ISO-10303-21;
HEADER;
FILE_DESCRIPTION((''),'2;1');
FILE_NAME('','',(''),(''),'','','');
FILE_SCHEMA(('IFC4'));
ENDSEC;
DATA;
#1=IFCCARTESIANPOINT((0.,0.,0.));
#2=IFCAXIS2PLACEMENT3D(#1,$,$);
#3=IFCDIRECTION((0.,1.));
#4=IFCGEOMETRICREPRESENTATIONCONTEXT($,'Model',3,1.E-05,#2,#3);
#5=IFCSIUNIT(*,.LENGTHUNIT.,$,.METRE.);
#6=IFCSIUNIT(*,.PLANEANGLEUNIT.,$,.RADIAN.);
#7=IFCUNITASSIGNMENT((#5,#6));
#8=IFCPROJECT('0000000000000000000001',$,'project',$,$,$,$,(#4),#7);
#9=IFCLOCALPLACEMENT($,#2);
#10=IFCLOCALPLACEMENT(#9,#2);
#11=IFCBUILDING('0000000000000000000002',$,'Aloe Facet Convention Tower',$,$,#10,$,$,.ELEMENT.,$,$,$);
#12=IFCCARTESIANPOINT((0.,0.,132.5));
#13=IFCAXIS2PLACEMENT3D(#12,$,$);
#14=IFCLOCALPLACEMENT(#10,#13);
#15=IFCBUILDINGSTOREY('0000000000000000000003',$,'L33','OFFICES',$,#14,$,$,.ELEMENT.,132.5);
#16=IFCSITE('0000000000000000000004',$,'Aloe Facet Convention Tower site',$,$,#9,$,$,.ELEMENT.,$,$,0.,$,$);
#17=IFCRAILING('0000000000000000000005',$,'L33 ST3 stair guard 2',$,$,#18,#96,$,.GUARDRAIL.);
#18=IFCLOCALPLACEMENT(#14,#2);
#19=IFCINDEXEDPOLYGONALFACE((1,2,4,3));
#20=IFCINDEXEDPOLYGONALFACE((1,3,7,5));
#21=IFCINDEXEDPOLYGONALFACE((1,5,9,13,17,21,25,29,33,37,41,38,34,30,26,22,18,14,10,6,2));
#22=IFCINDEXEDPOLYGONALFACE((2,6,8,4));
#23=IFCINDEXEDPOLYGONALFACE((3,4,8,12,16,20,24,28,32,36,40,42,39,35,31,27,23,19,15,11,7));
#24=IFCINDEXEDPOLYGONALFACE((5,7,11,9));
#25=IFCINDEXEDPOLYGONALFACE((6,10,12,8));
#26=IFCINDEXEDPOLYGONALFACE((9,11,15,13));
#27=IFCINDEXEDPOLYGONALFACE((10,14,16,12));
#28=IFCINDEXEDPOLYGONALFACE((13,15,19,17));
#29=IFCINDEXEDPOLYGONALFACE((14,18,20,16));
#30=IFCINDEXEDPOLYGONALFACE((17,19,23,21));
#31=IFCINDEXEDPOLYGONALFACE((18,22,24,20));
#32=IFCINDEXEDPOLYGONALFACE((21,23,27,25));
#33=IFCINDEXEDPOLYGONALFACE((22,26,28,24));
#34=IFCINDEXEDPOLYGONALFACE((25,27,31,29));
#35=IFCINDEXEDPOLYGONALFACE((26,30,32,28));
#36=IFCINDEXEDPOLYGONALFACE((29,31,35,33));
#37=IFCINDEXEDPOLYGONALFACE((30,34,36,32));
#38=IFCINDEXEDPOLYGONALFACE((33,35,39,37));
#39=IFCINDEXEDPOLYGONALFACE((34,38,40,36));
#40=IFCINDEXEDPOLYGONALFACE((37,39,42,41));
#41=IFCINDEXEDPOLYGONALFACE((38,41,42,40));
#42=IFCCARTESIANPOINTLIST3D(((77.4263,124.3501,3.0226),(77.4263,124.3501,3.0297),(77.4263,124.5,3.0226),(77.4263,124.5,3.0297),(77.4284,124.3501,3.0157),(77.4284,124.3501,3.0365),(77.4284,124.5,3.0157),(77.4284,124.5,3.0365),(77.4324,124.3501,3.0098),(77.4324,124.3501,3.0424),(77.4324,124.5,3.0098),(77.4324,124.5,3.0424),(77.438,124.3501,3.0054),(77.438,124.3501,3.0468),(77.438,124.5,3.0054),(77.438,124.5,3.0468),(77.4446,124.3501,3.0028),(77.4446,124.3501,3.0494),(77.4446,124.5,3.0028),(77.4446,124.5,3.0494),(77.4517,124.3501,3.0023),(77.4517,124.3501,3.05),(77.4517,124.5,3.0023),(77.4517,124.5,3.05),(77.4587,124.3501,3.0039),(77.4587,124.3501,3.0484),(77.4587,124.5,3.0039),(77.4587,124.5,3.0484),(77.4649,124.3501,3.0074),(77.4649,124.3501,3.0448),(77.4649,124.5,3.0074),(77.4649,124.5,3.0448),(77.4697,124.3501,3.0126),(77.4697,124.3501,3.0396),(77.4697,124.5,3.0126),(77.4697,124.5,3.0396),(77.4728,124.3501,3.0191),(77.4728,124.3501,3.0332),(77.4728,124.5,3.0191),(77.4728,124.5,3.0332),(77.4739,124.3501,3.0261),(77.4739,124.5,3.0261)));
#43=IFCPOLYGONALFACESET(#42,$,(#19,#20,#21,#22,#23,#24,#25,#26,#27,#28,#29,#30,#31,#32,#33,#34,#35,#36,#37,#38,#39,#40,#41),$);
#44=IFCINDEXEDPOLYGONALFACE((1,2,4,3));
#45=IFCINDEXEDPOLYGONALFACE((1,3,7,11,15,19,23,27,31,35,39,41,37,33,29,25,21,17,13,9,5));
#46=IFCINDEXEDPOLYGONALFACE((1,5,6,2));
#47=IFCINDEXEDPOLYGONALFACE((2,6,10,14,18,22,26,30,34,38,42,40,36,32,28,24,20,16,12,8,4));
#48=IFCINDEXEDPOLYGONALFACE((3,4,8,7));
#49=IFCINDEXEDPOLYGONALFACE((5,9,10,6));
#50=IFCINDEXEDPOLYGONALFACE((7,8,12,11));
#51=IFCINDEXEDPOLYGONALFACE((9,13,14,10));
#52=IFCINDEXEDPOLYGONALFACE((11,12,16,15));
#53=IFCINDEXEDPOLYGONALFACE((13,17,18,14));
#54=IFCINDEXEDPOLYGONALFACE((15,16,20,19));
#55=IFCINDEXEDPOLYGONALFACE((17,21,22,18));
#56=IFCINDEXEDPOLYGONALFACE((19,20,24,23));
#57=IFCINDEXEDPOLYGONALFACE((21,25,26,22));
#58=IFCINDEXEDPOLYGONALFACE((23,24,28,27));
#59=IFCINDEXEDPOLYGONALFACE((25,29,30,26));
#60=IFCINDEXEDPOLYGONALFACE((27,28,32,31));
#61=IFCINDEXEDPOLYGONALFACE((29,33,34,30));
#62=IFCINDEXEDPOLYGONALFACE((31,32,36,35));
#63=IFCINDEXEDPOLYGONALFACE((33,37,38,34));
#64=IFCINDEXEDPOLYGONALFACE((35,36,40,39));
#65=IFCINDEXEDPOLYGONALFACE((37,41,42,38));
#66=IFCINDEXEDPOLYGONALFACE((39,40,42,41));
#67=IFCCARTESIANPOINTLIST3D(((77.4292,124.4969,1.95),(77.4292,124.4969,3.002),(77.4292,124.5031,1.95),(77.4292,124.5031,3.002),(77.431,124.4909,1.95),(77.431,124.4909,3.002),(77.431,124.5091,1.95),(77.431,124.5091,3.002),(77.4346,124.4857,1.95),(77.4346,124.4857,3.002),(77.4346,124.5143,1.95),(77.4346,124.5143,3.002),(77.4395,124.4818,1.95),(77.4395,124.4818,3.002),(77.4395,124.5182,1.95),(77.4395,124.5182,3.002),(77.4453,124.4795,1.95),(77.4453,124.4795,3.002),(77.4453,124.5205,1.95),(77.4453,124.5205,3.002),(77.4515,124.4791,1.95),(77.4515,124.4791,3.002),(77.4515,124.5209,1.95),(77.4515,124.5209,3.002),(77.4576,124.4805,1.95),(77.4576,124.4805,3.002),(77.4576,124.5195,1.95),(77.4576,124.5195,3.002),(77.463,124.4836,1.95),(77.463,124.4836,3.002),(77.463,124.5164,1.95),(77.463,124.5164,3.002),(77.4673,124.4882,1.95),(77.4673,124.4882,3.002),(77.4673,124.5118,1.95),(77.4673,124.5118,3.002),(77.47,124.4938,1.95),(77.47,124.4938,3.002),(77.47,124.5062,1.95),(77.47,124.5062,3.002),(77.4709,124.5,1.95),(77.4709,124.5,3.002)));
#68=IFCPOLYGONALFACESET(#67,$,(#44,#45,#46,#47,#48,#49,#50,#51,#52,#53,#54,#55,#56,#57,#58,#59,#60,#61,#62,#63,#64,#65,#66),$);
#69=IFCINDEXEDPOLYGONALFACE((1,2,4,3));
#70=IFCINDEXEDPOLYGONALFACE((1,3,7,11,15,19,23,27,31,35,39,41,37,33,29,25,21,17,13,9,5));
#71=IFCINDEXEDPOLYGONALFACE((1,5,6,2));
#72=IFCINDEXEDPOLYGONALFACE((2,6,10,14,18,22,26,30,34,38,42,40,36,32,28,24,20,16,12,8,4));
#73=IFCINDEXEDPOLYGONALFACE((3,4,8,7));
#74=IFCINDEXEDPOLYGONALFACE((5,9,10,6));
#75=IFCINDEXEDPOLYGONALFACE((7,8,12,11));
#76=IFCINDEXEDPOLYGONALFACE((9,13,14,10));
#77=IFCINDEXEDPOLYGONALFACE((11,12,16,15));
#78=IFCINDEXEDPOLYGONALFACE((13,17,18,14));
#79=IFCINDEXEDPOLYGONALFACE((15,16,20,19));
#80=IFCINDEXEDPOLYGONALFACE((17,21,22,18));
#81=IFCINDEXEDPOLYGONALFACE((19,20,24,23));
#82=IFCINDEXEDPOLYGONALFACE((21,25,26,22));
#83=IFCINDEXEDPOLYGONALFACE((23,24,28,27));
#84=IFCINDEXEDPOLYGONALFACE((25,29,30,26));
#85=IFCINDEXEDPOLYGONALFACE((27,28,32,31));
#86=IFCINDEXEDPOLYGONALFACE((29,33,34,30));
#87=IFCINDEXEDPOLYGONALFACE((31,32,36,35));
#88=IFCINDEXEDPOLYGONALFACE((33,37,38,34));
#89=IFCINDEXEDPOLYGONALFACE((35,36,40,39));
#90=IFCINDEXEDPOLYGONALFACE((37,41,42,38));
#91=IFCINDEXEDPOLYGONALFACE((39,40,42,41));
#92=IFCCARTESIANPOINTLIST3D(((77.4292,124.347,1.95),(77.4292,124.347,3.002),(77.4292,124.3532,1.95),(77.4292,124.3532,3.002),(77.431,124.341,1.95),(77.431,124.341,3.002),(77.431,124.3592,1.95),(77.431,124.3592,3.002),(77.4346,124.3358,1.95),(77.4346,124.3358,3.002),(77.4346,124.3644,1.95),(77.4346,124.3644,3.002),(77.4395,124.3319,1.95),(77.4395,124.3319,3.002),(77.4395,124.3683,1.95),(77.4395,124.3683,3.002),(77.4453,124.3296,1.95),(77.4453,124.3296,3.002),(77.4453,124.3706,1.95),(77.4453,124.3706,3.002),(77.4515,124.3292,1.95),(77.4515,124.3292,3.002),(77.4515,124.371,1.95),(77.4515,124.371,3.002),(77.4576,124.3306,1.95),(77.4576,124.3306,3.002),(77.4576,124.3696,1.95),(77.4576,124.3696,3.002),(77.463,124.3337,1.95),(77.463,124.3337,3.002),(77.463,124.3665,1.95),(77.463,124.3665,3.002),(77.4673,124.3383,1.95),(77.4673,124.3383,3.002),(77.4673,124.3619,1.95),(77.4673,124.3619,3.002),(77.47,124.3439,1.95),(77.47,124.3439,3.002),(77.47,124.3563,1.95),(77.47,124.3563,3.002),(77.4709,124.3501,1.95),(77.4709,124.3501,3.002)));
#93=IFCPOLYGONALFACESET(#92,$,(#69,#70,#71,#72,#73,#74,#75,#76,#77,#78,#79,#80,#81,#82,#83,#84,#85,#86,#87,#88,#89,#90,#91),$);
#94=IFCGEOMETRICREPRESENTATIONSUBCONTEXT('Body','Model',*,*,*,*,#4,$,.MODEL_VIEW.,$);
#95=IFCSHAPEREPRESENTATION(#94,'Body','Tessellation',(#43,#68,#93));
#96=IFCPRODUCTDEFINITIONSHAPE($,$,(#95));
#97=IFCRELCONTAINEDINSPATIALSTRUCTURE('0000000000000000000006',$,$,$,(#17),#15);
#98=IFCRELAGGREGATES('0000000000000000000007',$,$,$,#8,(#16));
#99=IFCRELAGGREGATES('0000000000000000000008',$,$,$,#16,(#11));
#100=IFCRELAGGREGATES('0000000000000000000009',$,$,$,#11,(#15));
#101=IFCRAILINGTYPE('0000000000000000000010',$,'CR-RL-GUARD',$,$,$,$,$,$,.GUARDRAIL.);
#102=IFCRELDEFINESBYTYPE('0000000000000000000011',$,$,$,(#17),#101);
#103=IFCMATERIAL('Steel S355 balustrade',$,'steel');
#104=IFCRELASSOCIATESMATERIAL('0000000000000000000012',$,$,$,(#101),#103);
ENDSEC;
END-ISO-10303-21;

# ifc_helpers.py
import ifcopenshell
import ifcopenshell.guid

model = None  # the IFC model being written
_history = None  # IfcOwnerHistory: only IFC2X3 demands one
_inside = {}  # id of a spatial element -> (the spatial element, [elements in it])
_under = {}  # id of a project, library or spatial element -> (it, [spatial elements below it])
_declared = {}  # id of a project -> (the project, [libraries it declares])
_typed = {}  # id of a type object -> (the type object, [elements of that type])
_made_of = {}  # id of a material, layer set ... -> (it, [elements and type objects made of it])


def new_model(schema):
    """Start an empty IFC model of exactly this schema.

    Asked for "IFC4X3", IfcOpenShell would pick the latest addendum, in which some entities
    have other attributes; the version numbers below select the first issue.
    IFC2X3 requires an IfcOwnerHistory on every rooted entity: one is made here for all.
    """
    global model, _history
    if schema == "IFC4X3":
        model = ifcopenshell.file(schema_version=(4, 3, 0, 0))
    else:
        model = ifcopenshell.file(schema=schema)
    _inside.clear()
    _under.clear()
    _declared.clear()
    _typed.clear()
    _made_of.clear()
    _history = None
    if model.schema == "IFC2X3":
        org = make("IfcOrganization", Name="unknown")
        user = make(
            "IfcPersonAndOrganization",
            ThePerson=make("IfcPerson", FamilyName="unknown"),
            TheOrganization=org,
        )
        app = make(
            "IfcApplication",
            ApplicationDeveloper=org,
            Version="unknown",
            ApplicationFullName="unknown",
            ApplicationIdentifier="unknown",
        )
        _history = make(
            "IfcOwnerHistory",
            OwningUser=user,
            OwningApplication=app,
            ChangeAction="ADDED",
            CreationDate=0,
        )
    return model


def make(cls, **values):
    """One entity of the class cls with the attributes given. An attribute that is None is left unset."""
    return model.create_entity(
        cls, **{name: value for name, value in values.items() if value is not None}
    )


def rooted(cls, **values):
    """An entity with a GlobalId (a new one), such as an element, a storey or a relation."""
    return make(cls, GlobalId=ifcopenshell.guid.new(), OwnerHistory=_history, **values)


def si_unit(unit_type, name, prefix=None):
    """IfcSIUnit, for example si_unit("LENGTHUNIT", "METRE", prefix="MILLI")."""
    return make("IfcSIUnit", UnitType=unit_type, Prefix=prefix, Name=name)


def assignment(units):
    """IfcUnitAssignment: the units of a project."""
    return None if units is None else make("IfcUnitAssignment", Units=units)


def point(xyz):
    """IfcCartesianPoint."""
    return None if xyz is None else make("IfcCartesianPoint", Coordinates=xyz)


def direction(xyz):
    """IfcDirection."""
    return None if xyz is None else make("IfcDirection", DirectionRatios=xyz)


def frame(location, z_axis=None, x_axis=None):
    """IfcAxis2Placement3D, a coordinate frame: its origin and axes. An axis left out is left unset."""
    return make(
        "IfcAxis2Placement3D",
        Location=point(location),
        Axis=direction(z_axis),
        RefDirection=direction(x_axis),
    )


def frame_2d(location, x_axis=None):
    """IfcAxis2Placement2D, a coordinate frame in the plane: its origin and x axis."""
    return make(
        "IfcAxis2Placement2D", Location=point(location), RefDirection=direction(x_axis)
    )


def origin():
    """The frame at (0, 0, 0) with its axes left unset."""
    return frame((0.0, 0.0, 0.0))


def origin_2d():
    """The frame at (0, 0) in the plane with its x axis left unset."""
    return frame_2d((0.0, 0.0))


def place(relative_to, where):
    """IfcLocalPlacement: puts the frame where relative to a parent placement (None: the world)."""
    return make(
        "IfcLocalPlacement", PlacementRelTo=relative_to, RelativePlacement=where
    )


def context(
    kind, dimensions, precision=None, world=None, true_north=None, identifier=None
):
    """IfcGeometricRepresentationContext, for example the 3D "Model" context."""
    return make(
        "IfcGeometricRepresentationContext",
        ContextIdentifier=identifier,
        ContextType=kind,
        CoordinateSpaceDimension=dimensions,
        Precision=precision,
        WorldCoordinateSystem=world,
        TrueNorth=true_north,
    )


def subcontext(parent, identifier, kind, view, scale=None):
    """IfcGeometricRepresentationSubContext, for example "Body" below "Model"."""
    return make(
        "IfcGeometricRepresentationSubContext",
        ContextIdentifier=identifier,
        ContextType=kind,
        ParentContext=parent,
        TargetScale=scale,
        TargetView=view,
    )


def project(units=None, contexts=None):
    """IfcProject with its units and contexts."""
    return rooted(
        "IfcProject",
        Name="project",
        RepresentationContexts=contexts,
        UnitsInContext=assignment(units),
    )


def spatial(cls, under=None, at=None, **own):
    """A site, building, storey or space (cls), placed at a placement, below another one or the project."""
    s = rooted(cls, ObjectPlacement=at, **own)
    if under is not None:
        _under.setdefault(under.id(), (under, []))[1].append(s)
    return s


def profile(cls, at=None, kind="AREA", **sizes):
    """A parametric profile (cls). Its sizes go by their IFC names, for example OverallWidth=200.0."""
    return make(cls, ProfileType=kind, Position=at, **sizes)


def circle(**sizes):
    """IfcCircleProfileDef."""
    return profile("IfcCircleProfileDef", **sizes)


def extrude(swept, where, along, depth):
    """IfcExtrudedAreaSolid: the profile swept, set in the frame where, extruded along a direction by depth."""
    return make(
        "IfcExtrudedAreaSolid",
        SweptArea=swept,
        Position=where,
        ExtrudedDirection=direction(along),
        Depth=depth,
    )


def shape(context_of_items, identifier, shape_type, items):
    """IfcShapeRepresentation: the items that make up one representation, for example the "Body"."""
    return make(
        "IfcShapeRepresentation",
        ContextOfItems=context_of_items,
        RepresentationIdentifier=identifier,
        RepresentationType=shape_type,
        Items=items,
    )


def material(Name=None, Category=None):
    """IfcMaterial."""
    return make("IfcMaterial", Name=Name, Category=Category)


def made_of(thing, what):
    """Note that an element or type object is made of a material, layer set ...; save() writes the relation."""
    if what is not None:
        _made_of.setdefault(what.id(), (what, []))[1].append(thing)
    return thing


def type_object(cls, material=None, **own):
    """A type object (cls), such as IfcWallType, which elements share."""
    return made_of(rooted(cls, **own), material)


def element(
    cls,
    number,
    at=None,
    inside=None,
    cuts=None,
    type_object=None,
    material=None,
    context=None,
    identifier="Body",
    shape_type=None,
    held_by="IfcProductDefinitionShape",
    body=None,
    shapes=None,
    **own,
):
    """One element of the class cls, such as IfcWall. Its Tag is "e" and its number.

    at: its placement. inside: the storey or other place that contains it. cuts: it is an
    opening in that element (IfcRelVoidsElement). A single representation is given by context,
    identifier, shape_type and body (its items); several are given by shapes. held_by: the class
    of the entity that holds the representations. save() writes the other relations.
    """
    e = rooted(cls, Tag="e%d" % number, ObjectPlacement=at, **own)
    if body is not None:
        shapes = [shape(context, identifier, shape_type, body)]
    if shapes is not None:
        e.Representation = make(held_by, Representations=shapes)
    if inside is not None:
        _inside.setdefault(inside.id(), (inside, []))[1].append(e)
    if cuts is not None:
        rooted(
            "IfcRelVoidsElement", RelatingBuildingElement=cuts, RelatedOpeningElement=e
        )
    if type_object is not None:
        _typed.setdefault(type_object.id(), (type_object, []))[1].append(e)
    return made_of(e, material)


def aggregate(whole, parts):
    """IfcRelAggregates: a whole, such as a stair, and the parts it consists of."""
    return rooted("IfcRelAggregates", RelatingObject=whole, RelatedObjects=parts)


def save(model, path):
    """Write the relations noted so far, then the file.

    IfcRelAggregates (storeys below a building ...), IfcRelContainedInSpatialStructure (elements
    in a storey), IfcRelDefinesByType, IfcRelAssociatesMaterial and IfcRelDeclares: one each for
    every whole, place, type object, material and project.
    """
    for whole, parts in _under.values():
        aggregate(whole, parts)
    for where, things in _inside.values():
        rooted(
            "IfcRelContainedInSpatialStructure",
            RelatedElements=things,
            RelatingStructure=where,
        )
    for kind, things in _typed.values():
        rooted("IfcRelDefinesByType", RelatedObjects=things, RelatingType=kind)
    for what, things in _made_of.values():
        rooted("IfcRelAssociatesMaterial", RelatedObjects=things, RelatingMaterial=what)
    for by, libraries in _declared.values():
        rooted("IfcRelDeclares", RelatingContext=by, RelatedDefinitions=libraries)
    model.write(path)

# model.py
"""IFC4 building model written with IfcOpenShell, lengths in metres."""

from ifc_helpers import new_model, si_unit, direction, frame, origin, origin_2d, place, context, subcontext, project, spatial, circle, extrude, material, type_object, element, save


model = new_model("IFC4")

# Units and contexts
model_context = context("Model", 3, precision=1e-05, world=origin(), true_north=direction((0.0, 1.0)))
body_context = subcontext(model_context, "Body", "Model", "MODEL_VIEW")
ifc_project = project(units=[si_unit("LENGTHUNIT", "METRE"), si_unit("PLANEANGLEUNIT", "RADIAN")], contexts=[model_context])

# Site, building, storey
site_placement = place(None, origin())
site = spatial("IfcSite", under=ifc_project, at=site_placement, Name="Aloe Facet Convention Tower site", CompositionType="ELEMENT", RefElevation=0.0)
building_placement = place(site_placement, origin())
building = spatial("IfcBuilding", under=site, at=building_placement, Name="Aloe Facet Convention Tower", CompositionType="ELEMENT")
storey_placement = place(building_placement, frame((0.0, 0.0, 132.5)))
storey = spatial("IfcBuildingStorey", under=building, at=storey_placement, Name="L33", Description="OFFICES", CompositionType="ELEMENT", Elevation=132.5)

# Railing
ifc_material_1 = material(Name="Steel S355 balustrade", Category="steel")
railing_type_1 = type_object("IfcRailingType", Name="CR-RL-GUARD", PredefinedType="GUARDRAIL", material=ifc_material_1)
railing_1_placement = place(storey_placement, frame((77.45, 124.5, 1.95)))
element("IfcRailing", 1, at=railing_1_placement, inside=storey, type_object=railing_type_1, Name="L33 ST3 stair guard 2", PredefinedType="GUARDRAIL", context=body_context, shape_type="SweptSolid", body=[
    extrude(circle(Radius=0.0239, at=origin_2d()), frame((0.0, 0.0, 1.0762), z_axis=(0.0, -1.0, 0.0), x_axis=(1.0, 0.0, 0.0)), (0.0, 0.0, 1.0), 0.1499),
    extrude(circle(Radius=0.021, at=origin_2d()), origin(), (0.0, 0.0, 1.0), 1.052),
    extrude(circle(Radius=0.021, at=origin_2d()), frame((0.0, -0.1499, 0.0)), (0.0, 0.0, 1.0), 1.052),
])

save(model, "model.ifc")
